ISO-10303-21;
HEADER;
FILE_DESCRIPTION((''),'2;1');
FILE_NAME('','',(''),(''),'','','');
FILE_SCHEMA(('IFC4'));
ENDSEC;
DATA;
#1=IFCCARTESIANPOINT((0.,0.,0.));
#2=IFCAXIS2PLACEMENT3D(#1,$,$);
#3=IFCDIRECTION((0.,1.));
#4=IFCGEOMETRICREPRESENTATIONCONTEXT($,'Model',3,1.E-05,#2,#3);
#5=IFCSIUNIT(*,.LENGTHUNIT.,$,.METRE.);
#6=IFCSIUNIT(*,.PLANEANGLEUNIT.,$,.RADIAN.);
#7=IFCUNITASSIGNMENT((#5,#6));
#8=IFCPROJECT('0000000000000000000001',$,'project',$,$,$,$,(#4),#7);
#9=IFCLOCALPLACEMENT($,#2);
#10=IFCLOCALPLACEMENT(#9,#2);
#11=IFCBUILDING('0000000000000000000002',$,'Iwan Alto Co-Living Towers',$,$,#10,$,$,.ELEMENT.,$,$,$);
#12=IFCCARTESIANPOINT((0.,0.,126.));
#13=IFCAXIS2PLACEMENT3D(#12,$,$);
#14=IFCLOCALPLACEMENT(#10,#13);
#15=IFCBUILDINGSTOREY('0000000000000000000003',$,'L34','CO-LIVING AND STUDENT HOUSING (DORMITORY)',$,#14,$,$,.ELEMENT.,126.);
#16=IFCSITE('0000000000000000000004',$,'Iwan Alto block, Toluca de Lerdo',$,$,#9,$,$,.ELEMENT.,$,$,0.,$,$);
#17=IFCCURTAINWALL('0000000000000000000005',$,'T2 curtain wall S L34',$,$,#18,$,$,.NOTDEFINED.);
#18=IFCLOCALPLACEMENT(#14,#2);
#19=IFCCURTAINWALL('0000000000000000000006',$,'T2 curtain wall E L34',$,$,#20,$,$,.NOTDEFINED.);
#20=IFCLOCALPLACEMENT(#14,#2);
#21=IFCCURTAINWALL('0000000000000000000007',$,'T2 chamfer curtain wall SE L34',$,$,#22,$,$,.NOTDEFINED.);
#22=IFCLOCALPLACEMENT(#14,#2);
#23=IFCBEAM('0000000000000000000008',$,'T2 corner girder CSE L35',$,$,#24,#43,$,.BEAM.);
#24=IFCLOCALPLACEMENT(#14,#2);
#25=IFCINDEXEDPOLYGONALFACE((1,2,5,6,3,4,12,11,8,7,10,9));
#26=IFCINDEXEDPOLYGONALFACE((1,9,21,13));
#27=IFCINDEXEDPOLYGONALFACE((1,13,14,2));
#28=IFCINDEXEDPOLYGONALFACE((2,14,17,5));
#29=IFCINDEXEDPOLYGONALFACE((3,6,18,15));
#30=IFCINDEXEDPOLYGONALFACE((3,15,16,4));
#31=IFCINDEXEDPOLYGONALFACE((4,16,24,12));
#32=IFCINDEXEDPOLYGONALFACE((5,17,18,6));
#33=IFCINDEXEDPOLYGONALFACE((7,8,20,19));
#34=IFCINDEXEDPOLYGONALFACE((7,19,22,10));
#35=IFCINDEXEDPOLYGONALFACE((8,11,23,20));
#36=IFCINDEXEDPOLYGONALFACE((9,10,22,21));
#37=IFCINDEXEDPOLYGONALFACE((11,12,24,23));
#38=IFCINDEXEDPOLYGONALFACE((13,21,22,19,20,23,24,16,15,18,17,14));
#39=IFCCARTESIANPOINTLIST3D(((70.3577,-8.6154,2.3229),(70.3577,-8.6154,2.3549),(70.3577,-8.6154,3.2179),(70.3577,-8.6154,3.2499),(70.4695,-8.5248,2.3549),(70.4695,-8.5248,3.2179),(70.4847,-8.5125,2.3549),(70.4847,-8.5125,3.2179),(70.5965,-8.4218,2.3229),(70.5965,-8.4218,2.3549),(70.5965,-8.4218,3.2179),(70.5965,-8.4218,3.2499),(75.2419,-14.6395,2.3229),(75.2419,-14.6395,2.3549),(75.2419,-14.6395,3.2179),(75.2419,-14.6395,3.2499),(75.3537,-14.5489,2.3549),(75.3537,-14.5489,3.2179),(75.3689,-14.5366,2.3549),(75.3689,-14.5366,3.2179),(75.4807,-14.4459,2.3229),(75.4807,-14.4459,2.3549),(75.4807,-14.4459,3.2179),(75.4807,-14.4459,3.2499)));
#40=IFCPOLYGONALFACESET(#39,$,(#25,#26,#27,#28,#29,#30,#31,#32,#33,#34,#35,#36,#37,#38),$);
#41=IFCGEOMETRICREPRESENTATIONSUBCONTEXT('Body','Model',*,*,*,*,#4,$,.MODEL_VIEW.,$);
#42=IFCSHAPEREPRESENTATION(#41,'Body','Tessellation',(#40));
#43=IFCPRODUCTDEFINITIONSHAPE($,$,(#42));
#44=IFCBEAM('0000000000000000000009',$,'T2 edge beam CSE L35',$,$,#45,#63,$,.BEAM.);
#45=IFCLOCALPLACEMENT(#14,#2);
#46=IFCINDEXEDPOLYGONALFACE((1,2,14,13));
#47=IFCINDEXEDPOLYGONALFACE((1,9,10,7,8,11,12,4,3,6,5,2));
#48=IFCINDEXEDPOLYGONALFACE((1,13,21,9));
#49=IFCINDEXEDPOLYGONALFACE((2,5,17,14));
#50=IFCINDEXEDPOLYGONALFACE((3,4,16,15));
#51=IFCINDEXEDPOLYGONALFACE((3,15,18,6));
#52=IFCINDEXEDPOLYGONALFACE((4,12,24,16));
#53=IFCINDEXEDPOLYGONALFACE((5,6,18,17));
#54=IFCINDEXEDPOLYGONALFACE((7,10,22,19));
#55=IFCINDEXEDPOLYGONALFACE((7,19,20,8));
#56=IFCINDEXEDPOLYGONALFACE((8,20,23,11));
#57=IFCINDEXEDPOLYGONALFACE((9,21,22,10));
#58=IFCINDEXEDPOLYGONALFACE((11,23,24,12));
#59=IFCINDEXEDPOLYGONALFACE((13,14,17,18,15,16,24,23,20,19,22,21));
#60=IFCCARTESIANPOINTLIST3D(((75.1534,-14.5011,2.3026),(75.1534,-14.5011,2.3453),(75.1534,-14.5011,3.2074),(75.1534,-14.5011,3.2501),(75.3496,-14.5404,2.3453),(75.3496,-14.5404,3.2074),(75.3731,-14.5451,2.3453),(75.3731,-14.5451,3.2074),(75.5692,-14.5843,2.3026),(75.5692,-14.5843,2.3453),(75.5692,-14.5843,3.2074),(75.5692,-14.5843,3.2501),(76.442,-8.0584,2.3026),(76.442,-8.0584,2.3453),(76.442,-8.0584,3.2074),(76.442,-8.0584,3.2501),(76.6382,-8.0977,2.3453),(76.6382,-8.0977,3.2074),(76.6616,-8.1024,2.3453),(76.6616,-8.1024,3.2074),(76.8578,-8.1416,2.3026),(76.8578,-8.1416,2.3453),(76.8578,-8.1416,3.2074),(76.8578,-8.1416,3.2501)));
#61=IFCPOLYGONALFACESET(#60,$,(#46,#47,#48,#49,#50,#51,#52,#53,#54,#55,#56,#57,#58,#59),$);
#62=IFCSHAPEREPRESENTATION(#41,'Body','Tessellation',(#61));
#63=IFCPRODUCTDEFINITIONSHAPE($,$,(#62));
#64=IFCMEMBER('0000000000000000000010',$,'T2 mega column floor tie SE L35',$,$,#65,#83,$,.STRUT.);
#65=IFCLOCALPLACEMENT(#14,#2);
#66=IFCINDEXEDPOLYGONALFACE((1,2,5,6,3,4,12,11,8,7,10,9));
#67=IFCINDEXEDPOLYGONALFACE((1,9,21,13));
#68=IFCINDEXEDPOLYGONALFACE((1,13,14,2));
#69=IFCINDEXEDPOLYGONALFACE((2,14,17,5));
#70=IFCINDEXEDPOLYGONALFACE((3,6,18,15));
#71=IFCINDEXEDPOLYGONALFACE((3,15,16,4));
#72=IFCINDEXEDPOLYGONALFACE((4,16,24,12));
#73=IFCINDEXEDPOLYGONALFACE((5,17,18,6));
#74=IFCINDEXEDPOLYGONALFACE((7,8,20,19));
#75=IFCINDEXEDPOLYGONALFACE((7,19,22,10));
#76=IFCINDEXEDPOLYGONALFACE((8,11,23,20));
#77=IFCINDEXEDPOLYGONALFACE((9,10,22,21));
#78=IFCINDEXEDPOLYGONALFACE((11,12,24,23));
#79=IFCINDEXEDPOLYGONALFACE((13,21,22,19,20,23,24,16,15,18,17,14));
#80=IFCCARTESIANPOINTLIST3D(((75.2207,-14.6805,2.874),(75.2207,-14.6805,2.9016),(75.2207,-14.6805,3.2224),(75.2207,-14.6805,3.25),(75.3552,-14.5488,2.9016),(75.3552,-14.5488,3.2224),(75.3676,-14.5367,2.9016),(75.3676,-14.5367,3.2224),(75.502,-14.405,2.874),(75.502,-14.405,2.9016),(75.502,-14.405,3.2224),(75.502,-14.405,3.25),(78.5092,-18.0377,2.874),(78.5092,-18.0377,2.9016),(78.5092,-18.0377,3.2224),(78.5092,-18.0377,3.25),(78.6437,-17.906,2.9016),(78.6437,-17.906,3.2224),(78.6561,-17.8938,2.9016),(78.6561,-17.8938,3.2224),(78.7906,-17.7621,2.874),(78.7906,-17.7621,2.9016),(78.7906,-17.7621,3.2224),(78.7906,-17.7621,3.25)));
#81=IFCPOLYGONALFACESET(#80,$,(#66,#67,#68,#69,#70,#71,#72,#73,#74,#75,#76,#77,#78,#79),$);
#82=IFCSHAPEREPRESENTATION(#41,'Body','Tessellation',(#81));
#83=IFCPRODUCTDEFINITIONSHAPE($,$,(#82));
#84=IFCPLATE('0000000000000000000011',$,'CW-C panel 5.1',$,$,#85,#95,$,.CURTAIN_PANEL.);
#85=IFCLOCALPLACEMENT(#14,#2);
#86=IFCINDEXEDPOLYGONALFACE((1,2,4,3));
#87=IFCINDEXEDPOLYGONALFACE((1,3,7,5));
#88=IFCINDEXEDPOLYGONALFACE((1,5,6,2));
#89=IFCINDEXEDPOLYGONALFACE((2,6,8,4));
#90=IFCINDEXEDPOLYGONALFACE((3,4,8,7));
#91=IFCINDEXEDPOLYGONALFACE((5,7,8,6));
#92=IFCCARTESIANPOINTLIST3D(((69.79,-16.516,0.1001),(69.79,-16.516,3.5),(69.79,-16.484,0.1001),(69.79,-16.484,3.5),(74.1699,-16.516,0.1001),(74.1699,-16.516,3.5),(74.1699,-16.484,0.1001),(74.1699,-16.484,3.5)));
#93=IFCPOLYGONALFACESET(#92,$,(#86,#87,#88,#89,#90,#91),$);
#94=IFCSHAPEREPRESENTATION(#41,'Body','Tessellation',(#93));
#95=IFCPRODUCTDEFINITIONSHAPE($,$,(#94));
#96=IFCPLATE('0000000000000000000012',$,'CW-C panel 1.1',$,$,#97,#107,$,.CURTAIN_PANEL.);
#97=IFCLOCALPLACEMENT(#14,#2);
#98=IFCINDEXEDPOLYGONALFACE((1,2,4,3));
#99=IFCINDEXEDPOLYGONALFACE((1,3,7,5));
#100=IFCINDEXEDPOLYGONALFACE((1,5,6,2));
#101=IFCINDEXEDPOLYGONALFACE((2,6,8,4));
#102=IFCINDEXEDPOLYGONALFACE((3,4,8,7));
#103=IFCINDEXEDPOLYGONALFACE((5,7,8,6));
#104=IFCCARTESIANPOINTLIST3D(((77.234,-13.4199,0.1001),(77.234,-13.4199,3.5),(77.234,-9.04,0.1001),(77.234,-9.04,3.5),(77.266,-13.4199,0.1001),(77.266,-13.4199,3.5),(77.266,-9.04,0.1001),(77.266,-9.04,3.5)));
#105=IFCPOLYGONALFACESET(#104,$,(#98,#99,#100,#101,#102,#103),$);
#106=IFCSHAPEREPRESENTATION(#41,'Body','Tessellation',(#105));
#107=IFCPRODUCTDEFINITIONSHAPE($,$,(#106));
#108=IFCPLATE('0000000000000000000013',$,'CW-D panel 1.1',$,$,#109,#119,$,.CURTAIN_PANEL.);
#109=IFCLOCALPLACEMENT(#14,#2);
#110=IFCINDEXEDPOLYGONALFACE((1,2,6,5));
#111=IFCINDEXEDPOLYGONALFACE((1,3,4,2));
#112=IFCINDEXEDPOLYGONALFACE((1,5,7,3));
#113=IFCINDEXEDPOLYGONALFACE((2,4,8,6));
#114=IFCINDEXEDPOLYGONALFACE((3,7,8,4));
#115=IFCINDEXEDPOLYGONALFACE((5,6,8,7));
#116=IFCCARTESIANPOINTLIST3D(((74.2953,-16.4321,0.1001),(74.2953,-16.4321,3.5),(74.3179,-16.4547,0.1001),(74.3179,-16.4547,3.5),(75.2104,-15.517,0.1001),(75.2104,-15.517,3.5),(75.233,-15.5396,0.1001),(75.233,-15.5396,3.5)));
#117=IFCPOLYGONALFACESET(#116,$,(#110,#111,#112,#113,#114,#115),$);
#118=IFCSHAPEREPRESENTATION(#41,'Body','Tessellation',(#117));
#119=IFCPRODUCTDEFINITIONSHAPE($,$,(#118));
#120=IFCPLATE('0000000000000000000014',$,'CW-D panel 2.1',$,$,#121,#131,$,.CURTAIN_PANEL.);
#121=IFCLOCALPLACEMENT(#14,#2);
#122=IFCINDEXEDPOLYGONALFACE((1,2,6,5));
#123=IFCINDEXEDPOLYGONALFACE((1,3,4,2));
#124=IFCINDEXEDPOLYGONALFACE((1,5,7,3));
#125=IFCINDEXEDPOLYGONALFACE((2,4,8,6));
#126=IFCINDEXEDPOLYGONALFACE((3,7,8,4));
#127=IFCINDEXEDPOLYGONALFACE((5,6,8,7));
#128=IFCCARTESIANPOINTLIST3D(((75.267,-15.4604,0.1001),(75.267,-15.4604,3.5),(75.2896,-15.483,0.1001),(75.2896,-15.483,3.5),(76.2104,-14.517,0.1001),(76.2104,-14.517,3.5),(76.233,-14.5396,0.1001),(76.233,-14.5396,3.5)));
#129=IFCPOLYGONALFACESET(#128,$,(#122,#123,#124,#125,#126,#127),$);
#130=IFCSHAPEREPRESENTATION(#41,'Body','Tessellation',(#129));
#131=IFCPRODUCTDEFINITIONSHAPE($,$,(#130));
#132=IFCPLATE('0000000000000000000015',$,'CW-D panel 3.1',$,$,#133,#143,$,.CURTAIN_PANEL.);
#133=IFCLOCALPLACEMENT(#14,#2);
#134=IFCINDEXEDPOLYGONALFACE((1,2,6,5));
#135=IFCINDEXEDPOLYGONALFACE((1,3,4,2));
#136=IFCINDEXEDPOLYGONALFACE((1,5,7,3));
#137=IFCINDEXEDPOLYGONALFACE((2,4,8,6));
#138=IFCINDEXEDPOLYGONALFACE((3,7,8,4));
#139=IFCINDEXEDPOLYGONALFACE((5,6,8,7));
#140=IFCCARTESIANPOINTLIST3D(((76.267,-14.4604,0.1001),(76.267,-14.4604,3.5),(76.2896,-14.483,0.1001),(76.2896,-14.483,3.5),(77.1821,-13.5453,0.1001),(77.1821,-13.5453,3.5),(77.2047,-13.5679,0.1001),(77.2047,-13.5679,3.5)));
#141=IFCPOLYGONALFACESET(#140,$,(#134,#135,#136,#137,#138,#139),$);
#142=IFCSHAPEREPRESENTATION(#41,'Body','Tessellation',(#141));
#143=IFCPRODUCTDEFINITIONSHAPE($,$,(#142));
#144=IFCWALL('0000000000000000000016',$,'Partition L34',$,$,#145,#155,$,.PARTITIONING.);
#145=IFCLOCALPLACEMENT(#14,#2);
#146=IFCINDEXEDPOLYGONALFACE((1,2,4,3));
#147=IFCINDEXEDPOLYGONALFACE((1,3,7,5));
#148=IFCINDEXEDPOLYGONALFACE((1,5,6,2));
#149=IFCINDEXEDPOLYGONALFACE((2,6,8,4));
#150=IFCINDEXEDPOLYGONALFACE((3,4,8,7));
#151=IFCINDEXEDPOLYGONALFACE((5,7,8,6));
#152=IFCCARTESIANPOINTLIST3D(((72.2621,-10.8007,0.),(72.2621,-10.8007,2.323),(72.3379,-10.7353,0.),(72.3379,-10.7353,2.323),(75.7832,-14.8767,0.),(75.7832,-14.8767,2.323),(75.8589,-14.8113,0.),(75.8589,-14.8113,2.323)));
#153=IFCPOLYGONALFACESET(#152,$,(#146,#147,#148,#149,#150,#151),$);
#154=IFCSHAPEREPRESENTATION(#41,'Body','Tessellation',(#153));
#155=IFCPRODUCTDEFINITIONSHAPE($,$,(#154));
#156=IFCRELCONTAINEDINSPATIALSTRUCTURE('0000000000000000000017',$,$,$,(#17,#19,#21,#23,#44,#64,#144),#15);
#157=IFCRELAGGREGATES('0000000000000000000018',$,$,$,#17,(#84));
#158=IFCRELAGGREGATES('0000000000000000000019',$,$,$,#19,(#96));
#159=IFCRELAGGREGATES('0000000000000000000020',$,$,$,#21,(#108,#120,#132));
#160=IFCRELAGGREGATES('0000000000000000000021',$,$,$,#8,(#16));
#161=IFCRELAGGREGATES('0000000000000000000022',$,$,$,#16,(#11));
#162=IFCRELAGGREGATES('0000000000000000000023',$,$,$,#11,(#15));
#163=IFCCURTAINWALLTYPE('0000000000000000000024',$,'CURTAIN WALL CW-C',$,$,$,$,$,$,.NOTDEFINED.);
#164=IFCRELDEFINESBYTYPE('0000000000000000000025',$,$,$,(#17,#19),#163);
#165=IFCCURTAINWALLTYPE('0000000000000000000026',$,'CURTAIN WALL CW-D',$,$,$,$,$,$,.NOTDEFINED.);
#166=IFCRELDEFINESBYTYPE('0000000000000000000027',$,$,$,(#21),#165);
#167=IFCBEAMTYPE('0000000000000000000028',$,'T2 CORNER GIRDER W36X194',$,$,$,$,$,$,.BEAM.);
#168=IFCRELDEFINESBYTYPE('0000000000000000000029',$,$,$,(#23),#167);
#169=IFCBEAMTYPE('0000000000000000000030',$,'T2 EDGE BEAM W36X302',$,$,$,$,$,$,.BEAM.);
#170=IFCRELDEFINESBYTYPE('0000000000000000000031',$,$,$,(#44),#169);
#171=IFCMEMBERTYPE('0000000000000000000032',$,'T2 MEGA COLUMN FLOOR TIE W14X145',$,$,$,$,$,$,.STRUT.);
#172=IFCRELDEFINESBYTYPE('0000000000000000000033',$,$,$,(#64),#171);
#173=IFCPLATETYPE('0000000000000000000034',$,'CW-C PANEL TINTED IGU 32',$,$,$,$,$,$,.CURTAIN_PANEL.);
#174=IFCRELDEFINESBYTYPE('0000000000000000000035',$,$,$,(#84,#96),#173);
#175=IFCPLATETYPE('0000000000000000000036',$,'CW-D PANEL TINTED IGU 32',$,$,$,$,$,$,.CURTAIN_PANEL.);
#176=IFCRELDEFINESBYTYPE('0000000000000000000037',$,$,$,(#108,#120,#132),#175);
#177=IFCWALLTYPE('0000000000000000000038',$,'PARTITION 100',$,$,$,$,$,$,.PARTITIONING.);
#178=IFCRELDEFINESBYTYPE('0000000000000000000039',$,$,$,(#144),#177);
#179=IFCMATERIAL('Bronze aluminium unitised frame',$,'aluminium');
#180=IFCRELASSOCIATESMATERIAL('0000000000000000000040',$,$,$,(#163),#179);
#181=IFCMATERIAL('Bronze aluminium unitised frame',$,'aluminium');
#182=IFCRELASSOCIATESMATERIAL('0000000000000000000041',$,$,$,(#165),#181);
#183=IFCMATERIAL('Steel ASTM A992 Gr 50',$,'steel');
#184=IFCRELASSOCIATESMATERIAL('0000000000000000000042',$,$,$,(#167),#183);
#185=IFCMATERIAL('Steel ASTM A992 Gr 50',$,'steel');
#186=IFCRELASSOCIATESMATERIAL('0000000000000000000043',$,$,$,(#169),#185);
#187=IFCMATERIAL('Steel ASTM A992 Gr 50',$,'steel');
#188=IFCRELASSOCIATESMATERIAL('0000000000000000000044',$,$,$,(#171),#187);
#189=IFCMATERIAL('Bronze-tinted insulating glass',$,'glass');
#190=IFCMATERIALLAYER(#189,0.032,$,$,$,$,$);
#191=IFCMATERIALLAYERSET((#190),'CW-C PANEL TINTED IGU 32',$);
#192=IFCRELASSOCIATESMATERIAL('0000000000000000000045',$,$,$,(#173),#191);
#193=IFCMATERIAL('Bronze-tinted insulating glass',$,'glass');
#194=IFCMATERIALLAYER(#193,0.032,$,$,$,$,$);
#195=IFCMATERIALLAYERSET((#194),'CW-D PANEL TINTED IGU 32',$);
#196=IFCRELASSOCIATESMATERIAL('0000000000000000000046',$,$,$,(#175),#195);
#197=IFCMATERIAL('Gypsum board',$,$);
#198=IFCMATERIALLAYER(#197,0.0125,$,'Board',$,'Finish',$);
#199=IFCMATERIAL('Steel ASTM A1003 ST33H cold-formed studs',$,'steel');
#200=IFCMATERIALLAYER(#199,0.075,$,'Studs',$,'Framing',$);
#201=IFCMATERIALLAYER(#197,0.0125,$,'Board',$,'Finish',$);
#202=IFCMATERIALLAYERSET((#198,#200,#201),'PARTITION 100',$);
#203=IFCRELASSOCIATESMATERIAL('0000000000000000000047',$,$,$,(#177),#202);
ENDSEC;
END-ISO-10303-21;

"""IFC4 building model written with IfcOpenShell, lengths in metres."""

from ifc_helpers import new_model, si_unit, direction, frame, frame_2d, origin, origin_2d, place, context, subcontext, project, spatial, rectangle, i_section, extrude, material, layer, layer_set, material_profile, profile_set, type_object, element, aggregate, save


model = new_model("IFC4")

# Units and contexts
model_context = context("Model", 3, precision=1e-05, world=origin(), true_north=direction((0.0, 1.0)))
body_context = subcontext(model_context, "Body", "Model", "MODEL_VIEW")
ifc_project = project(units=[si_unit("LENGTHUNIT", "METRE"), si_unit("PLANEANGLEUNIT", "RADIAN")], contexts=[model_context])

# Site, building, storey
site_placement = place(None, origin())
site = spatial("IfcSite", under=ifc_project, at=site_placement, Name="Iwan Alto block, Toluca de Lerdo", CompositionType="ELEMENT", RefElevation=0.0)
building_placement = place(site_placement, origin())
building = spatial("IfcBuilding", under=site, at=building_placement, Name="Iwan Alto Co-Living Towers", CompositionType="ELEMENT")
storey_placement = place(building_placement, frame((0.0, 0.0, 126.0)))
storey = spatial("IfcBuildingStorey", under=building, at=storey_placement, Name="L34", Description="CO-LIVING AND STUDENT HOUSING (DORMITORY)", CompositionType="ELEMENT", Elevation=126.0)

# Curtain wall
ifc_material_1 = material(Name="Bronze aluminium unitised frame", Category="aluminium")
curtain_wall_type_1 = type_object("IfcCurtainWallType", Name="CURTAIN WALL CW-C", PredefinedType="NOTDEFINED", material=ifc_material_1)
curtain_wall_1_placement = place(storey_placement, origin())
curtain_wall_1 = element("IfcCurtainWall", 1, at=curtain_wall_1_placement, inside=storey, type_object=curtain_wall_type_1, Name="T2 curtain wall S L34", PredefinedType="NOTDEFINED")

# Curtain walls
curtain_wall_2_placement = place(storey_placement, origin())
curtain_wall_2 = element("IfcCurtainWall", 2, at=curtain_wall_2_placement, inside=storey, type_object=curtain_wall_type_1, Name="T2 curtain wall E L34", PredefinedType="NOTDEFINED")
ifc_material_2 = material(Name="Bronze aluminium unitised frame", Category="aluminium")
curtain_wall_type_2 = type_object("IfcCurtainWallType", Name="CURTAIN WALL CW-D", PredefinedType="NOTDEFINED", material=ifc_material_2)
curtain_wall_3_placement = place(storey_placement, origin())
curtain_wall_3 = element("IfcCurtainWall", 3, at=curtain_wall_3_placement, inside=storey, type_object=curtain_wall_type_2, Name="T2 chamfer curtain wall SE L34", PredefinedType="NOTDEFINED")

# Beams
ifc_material_3 = material(Name="Steel ASTM A992 Gr 50", Category="steel")
ifc_material_profile_1 = material_profile(ifc_material_3, i_section(OverallWidth=0.3074, OverallDepth=0.927, WebThickness=0.0195, FlangeThickness=0.032, at=origin_2d()), Name="W36X194")
ifc_profile_set_1 = profile_set([ifc_material_profile_1], Name="Steel ASTM A992 Gr 50")
beam_type_1 = type_object("IfcBeamType", Name="T2 CORNER GIRDER W36X194", PredefinedType="BEAM", material=ifc_profile_set_1)
beam_1_placement = place(storey_placement, frame((75.3613, -14.5427, 2.7864), z_axis=(-0.629788, 0.776767, 0.0), x_axis=(-0.776767, -0.629788, 0.0)))
element("IfcBeam", 4, at=beam_1_placement, inside=storey, type_object=beam_type_1, Name="T2 corner girder CSE L35", PredefinedType="BEAM", context=body_context, shape_type="SweptSolid", body=[
    extrude(i_section(OverallWidth=0.3074, OverallDepth=0.927, WebThickness=0.0195, FlangeThickness=0.032, at=origin_2d()), origin(), (0.0, 0.0, 1.0), 7.7554),
])
ifc_material_4 = material(Name="Steel ASTM A992 Gr 50", Category="steel")
ifc_material_profile_2 = material_profile(ifc_material_4, i_section(OverallWidth=0.4241, OverallDepth=0.9475, WebThickness=0.0239, FlangeThickness=0.0427, at=origin_2d()), Name="W36X302")
ifc_profile_set_2 = profile_set([ifc_material_profile_2], Name="Steel ASTM A992 Gr 50")
beam_type_2 = type_object("IfcBeamType", Name="T2 EDGE BEAM W36X302", PredefinedType="BEAM", material=ifc_profile_set_2)
beam_2_placement = place(storey_placement, frame((75.3613, -14.5427, 2.7764), z_axis=(0.196123, 0.980579, 0.0), x_axis=(-0.980579, 0.196123, 0.0)))
element("IfcBeam", 5, at=beam_2_placement, inside=storey, type_object=beam_type_2, Name="T2 edge beam CSE L35", PredefinedType="BEAM", context=body_context, shape_type="SweptSolid", body=[
    extrude(i_section(OverallWidth=0.4241, OverallDepth=0.9475, WebThickness=0.0239, FlangeThickness=0.0427, at=origin_2d()), origin(), (0.0, 0.0, 1.0), 6.5703),
])

# Member
ifc_material_5 = material(Name="Steel ASTM A992 Gr 50", Category="steel")
ifc_material_profile_3 = material_profile(ifc_material_5, i_section(OverallWidth=0.3938, OverallDepth=0.376, WebThickness=0.0173, FlangeThickness=0.0276, at=origin_2d()), Name="W14X145")
ifc_profile_set_3 = profile_set([ifc_material_profile_3], Name="Steel ASTM A992 Gr 50")
member_type_1 = type_object("IfcMemberType", Name="T2 MEGA COLUMN FLOOR TIE W14X145", PredefinedType="STRUT", material=ifc_profile_set_3)
member_1_placement = place(storey_placement, frame((78.6499, -17.8999, 3.062), z_axis=(-0.69977, 0.714368, 0.0), x_axis=(-0.714368, -0.69977, 0.0)))
element("IfcMember", 6, at=member_1_placement, inside=storey, type_object=member_type_1, Name="T2 mega column floor tie SE L35", PredefinedType="STRUT", context=body_context, shape_type="SweptSolid", body=[
    extrude(i_section(OverallWidth=0.3938, OverallDepth=0.376, WebThickness=0.0173, FlangeThickness=0.0276, at=origin_2d()), origin(), (0.0, 0.0, 1.0), 4.6995),
])

# Plates
ifc_material_6 = material(Name="Bronze-tinted insulating glass", Category="glass")
ifc_layer_1 = layer(ifc_material_6, 0.032)
ifc_layer_set_1 = layer_set([ifc_layer_1], Name="CW-C PANEL TINTED IGU 32")
plate_type_1 = type_object("IfcPlateType", Name="CW-C PANEL TINTED IGU 32", PredefinedType="CURTAIN_PANEL", material=ifc_layer_set_1)
plate_1_placement = place(storey_placement, frame((71.98, -16.5, 0.1001), z_axis=(0.0, 0.0, 1.0), x_axis=(1.0, 0.0, 0.0)))
plate_1 = element("IfcPlate", 7, at=plate_1_placement, type_object=plate_type_1, Name="CW-C panel 5.1", PredefinedType="CURTAIN_PANEL", context=body_context, shape_type="SweptSolid", body=[
    extrude(rectangle(XDim=4.3799, YDim=0.032, at=origin_2d()), origin(), (0.0, 0.0, 1.0), 3.3999),
])
aggregate(curtain_wall_1, [plate_1])
plate_2_placement = place(storey_placement, frame((77.25, -11.23, 0.1001), z_axis=(0.0, 0.0, 1.0), x_axis=(0.0, 1.0, 0.0)))
plate_2 = element("IfcPlate", 8, at=plate_2_placement, type_object=plate_type_1, Name="CW-C panel 1.1", PredefinedType="CURTAIN_PANEL", context=body_context, shape_type="SweptSolid", body=[
    extrude(rectangle(XDim=4.3799, YDim=0.032, at=origin_2d()), origin(), (0.0, 0.0, 1.0), 3.3999),
])
aggregate(curtain_wall_2, [plate_2])
ifc_material_7 = material(Name="Bronze-tinted insulating glass", Category="glass")
ifc_layer_2 = layer(ifc_material_7, 0.032)
ifc_layer_set_2 = layer_set([ifc_layer_2], Name="CW-D PANEL TINTED IGU 32")
plate_type_2 = type_object("IfcPlateType", Name="CW-D PANEL TINTED IGU 32", PredefinedType="CURTAIN_PANEL", material=ifc_layer_set_2)
plate_3_placement = place(storey_placement, frame((74.7642, -15.9858, 0.1001), z_axis=(0.0, 0.0, 1.0), x_axis=(0.707107, 0.707107, 0.0)))
plate_3 = element("IfcPlate", 9, at=plate_3_placement, type_object=plate_type_2, Name="CW-D panel 1.1", PredefinedType="CURTAIN_PANEL", context=body_context, shape_type="SweptSolid", body=[
    extrude(rectangle(XDim=1.2942, YDim=0.032, at=origin_2d()), origin(), (0.0, 0.0, 1.0), 3.3999),
])
plate_4_placement = place(storey_placement, frame((75.75, -15.0, 0.1001), z_axis=(0.0, 0.0, 1.0), x_axis=(0.707107, 0.707107, 0.0)))
plate_4 = element("IfcPlate", 10, at=plate_4_placement, type_object=plate_type_2, Name="CW-D panel 2.1", PredefinedType="CURTAIN_PANEL", context=body_context, shape_type="SweptSolid", body=[
    extrude(rectangle(XDim=1.3342, YDim=0.032, at=origin_2d()), origin(), (0.0, 0.0, 1.0), 3.3999),
])
plate_5_placement = place(storey_placement, frame((76.7358, -14.0142, 0.1001), z_axis=(0.0, 0.0, 1.0), x_axis=(0.707107, 0.707107, 0.0)))
plate_5 = element("IfcPlate", 11, at=plate_5_placement, type_object=plate_type_2, Name="CW-D panel 3.1", PredefinedType="CURTAIN_PANEL", context=body_context, shape_type="SweptSolid", body=[
    extrude(rectangle(XDim=1.2942, YDim=0.032, at=origin_2d()), origin(), (0.0, 0.0, 1.0), 3.3999),
])
aggregate(curtain_wall_3, [plate_3, plate_4, plate_5])

# Wall
ifc_material_8 = material(Name="Gypsum board")
ifc_layer_3 = layer(ifc_material_8, 0.0125, Name="Board", Category="Finish")
ifc_material_9 = material(Name="Steel ASTM A1003 ST33H cold-formed studs", Category="steel")
ifc_layer_4 = layer(ifc_material_9, 0.075, Name="Studs", Category="Framing")
ifc_layer_5 = layer(ifc_material_8, 0.0125, Name="Board", Category="Finish")
ifc_layer_set_3 = layer_set([ifc_layer_3, ifc_layer_4, ifc_layer_5], Name="PARTITION 100")
wall_type = type_object("IfcWallType", Name="PARTITION 100", PredefinedType="PARTITIONING", material=ifc_layer_set_3)
wall_placement = place(storey_placement, frame((75.821, -14.844, 0.0), z_axis=(0.0, 0.0, 1.0), x_axis=(-0.653713, 0.756742, 0.0)))
element("IfcWall", 12, at=wall_placement, inside=storey, type_object=wall_type, Name="Partition L34", PredefinedType="PARTITIONING", context=body_context, shape_type="SweptSolid", body=[
    extrude(rectangle(XDim=5.3862, YDim=0.1001, at=frame_2d((2.6931, 0.0))), origin(), (0.0, 0.0, 1.0), 2.323),
])

save(model, "model.ifc")
